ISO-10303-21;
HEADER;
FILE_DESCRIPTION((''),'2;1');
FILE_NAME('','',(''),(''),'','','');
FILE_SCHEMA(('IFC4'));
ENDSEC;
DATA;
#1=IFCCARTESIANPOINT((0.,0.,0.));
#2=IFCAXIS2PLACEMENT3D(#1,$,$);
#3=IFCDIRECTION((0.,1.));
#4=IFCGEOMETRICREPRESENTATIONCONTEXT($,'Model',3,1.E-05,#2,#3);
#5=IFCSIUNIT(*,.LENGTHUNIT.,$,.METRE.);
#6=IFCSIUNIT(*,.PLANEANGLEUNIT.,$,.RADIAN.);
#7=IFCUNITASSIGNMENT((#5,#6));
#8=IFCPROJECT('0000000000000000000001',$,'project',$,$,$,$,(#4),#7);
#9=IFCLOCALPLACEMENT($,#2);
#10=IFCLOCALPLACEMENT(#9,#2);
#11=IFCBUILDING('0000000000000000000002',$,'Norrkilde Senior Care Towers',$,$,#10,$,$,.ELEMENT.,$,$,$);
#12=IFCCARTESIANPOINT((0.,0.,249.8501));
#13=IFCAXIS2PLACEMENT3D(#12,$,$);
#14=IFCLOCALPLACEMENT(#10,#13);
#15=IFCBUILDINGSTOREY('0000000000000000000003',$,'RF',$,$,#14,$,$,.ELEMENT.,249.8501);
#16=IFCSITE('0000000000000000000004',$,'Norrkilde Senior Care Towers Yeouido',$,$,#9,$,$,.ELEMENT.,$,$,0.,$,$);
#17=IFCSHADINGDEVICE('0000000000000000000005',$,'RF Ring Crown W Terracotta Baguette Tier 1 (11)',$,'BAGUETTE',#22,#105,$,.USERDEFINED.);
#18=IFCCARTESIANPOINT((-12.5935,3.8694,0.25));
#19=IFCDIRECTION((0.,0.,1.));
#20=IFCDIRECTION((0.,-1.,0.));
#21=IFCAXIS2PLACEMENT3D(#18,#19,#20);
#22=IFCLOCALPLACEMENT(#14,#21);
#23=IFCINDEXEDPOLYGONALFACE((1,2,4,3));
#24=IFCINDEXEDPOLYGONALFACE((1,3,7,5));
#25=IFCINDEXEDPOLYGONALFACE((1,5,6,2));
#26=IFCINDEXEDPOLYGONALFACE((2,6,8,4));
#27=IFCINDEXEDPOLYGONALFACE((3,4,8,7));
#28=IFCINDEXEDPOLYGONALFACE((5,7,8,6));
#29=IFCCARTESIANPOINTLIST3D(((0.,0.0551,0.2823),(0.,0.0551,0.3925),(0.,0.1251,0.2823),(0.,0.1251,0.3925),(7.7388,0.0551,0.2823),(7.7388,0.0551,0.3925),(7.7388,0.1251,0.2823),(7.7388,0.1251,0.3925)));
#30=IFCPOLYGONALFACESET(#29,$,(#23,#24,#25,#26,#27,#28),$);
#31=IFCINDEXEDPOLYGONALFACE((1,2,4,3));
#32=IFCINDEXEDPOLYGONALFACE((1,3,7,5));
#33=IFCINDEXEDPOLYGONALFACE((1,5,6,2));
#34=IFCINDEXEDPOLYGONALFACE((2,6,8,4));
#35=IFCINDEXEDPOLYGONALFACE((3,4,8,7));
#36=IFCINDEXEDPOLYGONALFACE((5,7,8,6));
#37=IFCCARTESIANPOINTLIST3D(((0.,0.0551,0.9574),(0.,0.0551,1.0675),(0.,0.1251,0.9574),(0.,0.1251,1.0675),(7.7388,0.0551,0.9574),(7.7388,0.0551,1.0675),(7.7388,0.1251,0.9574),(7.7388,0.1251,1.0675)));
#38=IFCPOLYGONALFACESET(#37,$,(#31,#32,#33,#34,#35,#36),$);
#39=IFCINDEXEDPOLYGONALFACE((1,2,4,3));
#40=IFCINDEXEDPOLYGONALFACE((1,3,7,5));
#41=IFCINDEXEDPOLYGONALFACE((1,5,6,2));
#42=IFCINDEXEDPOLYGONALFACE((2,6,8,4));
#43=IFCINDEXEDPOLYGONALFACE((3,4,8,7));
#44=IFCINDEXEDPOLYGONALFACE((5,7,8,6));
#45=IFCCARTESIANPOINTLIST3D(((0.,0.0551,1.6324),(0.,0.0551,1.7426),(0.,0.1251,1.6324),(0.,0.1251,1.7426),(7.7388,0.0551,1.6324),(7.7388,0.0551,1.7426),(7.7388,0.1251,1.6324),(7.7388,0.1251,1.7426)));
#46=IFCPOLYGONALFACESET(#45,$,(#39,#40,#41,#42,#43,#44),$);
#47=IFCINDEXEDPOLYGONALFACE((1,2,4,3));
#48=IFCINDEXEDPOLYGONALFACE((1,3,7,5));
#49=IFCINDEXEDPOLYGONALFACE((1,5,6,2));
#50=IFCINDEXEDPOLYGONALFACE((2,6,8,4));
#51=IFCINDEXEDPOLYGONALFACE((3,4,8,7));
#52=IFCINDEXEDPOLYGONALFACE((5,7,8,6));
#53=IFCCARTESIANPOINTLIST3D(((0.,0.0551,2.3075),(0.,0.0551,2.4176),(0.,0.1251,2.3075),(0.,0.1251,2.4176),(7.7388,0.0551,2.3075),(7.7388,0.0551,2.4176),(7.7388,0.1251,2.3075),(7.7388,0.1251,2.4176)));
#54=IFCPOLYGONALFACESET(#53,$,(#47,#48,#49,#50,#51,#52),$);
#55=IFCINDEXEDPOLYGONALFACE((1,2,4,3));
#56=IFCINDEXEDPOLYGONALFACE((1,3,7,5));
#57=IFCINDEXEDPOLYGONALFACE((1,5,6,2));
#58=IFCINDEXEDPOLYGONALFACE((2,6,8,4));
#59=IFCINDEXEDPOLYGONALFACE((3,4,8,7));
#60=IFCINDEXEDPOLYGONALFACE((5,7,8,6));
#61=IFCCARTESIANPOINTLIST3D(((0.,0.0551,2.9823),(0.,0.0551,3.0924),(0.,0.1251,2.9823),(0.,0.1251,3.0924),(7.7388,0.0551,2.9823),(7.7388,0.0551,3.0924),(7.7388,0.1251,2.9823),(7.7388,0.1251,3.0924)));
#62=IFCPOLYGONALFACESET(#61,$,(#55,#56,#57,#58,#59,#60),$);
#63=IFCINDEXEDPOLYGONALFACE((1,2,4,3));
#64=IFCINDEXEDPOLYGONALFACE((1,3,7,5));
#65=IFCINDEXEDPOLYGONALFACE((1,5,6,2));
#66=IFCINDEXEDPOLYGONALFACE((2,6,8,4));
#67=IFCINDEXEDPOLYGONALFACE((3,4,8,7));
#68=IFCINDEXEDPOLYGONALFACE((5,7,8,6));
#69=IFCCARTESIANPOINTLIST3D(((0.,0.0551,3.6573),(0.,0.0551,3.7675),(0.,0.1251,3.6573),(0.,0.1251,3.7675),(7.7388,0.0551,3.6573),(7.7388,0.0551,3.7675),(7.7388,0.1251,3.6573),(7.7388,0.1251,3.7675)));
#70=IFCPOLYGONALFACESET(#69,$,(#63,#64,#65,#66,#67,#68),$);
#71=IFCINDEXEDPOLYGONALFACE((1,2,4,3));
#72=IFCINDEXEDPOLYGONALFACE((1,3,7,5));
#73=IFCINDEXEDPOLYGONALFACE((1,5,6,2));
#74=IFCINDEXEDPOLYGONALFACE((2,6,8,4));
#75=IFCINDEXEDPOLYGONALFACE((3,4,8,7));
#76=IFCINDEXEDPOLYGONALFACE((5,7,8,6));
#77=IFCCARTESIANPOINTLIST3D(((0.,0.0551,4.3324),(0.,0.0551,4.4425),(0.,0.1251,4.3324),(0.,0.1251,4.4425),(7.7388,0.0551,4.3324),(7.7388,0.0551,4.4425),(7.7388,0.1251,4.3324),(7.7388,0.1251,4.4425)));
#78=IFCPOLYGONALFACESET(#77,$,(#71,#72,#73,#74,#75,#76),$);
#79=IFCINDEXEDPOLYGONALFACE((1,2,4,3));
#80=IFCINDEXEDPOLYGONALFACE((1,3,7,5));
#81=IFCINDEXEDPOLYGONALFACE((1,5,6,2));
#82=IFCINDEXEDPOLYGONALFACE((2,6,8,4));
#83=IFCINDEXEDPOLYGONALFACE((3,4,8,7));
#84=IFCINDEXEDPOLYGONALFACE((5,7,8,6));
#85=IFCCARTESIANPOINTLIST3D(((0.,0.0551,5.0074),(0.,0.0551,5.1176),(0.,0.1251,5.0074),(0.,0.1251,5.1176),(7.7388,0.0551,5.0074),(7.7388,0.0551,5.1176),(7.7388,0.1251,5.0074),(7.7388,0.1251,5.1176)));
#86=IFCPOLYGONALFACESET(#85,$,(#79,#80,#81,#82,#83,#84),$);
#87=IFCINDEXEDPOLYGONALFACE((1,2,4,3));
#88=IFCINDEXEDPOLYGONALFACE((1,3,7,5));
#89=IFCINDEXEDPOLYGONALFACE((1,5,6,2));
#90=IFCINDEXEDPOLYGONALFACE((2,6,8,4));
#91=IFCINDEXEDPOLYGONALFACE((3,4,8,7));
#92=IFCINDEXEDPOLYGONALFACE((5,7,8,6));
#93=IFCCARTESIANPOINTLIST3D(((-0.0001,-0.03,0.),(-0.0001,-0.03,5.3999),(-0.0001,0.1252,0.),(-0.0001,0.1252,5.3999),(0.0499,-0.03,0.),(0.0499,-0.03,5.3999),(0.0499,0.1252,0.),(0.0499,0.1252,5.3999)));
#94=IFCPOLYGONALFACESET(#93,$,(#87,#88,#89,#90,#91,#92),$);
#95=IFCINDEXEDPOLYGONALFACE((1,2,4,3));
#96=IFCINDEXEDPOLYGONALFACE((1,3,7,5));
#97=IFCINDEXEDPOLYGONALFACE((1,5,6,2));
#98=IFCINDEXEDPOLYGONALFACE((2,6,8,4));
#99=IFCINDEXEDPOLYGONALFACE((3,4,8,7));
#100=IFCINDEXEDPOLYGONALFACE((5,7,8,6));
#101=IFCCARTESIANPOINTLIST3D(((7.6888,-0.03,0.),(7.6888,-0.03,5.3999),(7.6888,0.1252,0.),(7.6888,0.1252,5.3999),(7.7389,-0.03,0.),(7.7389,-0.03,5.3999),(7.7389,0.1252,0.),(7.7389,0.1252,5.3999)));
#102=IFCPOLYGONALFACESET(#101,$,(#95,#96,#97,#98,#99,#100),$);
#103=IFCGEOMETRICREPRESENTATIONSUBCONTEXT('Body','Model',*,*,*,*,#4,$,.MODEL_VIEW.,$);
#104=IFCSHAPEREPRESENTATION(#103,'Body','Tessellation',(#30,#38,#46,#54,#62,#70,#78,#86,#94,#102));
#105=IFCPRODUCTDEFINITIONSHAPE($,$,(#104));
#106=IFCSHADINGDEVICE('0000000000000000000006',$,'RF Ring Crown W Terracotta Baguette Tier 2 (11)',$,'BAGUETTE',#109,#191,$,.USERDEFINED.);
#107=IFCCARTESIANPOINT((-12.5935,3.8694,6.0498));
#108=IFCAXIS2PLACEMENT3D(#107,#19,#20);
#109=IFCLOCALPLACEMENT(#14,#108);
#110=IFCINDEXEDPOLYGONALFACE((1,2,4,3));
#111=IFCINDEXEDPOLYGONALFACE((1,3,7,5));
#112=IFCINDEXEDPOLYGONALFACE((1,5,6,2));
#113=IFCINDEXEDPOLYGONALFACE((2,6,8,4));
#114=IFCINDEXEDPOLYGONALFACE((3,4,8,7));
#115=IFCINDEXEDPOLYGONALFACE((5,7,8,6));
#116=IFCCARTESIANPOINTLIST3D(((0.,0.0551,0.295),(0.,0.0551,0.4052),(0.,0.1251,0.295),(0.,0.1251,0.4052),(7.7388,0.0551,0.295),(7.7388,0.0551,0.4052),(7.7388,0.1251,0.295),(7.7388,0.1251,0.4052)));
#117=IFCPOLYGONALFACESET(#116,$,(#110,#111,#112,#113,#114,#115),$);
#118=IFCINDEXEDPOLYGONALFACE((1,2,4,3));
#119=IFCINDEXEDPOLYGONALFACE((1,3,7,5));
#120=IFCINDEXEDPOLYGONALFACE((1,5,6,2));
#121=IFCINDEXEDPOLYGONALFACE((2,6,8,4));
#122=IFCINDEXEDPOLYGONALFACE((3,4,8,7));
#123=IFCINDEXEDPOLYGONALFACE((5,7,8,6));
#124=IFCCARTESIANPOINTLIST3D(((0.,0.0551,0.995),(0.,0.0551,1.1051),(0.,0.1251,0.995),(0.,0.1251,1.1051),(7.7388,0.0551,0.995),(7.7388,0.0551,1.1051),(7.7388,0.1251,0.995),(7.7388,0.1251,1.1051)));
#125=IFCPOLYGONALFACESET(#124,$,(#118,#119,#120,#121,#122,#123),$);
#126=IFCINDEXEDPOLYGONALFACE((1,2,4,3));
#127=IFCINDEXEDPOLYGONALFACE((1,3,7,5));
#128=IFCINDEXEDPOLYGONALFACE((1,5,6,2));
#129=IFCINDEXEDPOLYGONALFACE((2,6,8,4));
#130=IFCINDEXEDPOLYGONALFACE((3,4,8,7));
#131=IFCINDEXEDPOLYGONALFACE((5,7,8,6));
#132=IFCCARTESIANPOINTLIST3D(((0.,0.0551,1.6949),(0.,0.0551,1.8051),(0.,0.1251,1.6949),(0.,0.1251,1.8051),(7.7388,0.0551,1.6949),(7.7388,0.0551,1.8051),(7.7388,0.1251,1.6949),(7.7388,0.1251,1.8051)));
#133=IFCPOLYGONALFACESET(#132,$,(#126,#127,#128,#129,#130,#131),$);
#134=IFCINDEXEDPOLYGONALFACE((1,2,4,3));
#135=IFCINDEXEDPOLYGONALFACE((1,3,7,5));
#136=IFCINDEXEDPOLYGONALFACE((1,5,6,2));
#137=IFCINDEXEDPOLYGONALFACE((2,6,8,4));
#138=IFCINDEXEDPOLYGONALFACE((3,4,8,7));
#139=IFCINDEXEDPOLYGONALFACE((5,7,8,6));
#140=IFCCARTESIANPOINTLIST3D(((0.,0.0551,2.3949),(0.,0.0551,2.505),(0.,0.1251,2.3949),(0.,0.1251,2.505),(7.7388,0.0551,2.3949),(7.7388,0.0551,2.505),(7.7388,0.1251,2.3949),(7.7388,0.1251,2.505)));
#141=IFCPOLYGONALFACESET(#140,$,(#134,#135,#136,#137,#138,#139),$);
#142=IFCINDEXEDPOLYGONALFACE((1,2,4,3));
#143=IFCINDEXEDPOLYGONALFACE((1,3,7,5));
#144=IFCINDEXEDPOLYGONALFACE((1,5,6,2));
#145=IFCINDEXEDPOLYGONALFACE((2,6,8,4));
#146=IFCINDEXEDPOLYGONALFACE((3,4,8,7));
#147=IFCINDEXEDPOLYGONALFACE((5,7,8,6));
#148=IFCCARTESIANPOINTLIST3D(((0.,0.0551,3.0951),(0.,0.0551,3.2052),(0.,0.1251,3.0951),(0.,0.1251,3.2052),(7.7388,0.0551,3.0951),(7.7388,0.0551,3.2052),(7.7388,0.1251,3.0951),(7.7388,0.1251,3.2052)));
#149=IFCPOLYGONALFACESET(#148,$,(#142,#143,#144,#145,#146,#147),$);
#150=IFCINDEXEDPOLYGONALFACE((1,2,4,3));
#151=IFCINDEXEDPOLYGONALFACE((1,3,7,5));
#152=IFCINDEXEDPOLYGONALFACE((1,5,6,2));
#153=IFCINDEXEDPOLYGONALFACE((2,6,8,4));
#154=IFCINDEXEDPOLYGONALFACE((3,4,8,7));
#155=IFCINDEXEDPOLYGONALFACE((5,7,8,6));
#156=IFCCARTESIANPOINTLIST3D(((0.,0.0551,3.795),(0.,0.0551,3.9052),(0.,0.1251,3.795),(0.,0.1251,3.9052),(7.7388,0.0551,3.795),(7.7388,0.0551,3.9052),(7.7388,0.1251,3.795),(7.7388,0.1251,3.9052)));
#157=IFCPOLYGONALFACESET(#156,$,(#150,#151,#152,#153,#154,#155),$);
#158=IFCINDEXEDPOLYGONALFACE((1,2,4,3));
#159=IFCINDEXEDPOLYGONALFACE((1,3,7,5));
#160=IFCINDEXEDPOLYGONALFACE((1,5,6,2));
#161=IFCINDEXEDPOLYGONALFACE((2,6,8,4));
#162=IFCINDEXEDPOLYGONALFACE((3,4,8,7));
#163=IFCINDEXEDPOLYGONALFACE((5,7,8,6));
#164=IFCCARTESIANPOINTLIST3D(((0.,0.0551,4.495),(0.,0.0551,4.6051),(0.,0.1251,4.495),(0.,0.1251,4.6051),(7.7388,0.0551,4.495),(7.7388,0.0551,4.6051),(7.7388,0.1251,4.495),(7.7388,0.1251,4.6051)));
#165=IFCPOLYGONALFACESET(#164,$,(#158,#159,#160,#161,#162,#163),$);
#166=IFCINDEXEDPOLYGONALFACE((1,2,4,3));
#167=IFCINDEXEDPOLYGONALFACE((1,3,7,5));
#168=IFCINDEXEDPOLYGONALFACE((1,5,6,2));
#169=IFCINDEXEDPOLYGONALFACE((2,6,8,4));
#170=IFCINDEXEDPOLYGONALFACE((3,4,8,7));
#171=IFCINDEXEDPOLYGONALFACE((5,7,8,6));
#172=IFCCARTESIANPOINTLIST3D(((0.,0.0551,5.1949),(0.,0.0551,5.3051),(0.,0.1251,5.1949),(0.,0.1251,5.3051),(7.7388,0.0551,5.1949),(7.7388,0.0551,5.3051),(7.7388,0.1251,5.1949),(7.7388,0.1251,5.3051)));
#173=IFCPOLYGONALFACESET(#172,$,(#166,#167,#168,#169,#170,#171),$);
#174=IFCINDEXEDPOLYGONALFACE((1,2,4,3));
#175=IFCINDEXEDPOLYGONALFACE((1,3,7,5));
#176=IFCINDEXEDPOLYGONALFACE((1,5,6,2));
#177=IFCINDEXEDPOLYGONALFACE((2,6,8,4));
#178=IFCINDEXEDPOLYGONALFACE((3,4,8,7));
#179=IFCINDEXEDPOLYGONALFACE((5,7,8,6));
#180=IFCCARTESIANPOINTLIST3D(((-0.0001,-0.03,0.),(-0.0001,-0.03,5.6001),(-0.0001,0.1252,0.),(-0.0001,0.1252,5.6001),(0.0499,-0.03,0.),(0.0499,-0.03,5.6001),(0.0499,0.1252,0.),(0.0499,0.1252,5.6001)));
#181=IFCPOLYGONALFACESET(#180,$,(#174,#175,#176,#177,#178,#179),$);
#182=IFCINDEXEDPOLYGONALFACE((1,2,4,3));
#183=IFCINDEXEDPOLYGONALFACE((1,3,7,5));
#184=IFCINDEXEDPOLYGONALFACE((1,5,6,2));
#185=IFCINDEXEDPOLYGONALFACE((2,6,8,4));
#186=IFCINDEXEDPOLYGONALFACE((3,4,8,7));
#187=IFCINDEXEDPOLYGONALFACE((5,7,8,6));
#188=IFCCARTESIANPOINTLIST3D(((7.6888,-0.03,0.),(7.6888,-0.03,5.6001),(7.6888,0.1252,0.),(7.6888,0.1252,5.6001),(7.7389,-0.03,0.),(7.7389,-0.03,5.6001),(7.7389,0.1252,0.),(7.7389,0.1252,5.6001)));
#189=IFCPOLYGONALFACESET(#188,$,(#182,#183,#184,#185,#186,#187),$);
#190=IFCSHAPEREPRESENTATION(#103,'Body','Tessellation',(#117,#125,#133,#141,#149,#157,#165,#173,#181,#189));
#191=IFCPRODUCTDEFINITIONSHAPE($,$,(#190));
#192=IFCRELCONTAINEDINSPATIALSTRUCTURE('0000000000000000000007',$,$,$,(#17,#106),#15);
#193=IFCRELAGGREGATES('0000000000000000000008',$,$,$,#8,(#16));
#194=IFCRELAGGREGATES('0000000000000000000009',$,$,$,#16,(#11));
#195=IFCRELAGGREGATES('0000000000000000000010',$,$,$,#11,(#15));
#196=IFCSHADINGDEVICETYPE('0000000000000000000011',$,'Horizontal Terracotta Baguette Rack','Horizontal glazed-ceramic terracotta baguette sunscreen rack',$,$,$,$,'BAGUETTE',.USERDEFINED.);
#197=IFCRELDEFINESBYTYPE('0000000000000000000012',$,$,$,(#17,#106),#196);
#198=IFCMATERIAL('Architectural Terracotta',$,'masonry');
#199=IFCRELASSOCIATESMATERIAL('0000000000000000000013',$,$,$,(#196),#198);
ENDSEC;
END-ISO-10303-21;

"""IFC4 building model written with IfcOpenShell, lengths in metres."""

from ifc_helpers import new_model, si_unit, direction, frame, origin, origin_2d, place, context, subcontext, project, spatial, rectangle, extrude, source, transform, mapped, material, type_object, type_shapes, element, save


model = new_model("IFC4")

# Units and contexts
model_context = context("Model", 3, precision=1e-05, world=origin(), true_north=direction((0.0, 1.0)))
body_context = subcontext(model_context, "Body", "Model", "MODEL_VIEW")
ifc_project = project(units=[si_unit("LENGTHUNIT", "METRE"), si_unit("PLANEANGLEUNIT", "RADIAN")], contexts=[model_context])

# Site, building, storey
site_placement = place(None, origin())
site = spatial("IfcSite", under=ifc_project, at=site_placement, Name="Norrkilde Senior Care Towers Yeouido", CompositionType="ELEMENT", RefElevation=0.0)
building_placement = place(site_placement, origin())
building = spatial("IfcBuilding", under=site, at=building_placement, Name="Norrkilde Senior Care Towers", CompositionType="ELEMENT")
storey_placement = place(building_placement, frame((0.0, 0.0, 249.8501)))
storey = spatial("IfcBuildingStorey", under=building, at=storey_placement, Name="RF", CompositionType="ELEMENT", Elevation=249.8501)

# Shared definitions
ifc_material_1 = material(Name="Architectural Terracotta", Category="masonry")

# Shading devices
shading_device_type = type_object("IfcShadingDeviceType", Name="Horizontal Terracotta Baguette Rack", Description="Horizontal glazed-ceramic terracotta baguette sunscreen rack", ElementType="BAGUETTE", PredefinedType="USERDEFINED", material=ifc_material_1)
shared_shape_1 = source(origin(), body_context, "Body", "SweptSolid", [
    extrude(rectangle(XDim=0.0701, YDim=0.1101, at=origin_2d()), frame((0.0, 0.0901, 0.3374), z_axis=(1.0, 0.0, 0.0), x_axis=(0.0, 1.0, 0.0)), (0.0, 0.0, 1.0), 7.7388),
    extrude(rectangle(XDim=0.0701, YDim=0.1101, at=origin_2d()), frame((0.0, 0.0901, 1.0125), z_axis=(1.0, 0.0, 0.0), x_axis=(0.0, 1.0, 0.0)), (0.0, 0.0, 1.0), 7.7388),
    extrude(rectangle(XDim=0.0701, YDim=0.1101, at=origin_2d()), frame((0.0, 0.0901, 1.6875), z_axis=(1.0, 0.0, 0.0), x_axis=(0.0, 1.0, 0.0)), (0.0, 0.0, 1.0), 7.7388),
    extrude(rectangle(XDim=0.0701, YDim=0.1101, at=origin_2d()), frame((0.0, 0.0901, 2.3625), z_axis=(1.0, 0.0, 0.0), x_axis=(0.0, 1.0, 0.0)), (0.0, 0.0, 1.0), 7.7388),
    extrude(rectangle(XDim=0.0701, YDim=0.1101, at=origin_2d()), frame((0.0, 0.0901, 3.0374), z_axis=(1.0, 0.0, 0.0), x_axis=(0.0, 1.0, 0.0)), (0.0, 0.0, 1.0), 7.7388),
    extrude(rectangle(XDim=0.0701, YDim=0.1101, at=origin_2d()), frame((0.0, 0.0901, 3.7124), z_axis=(1.0, 0.0, 0.0), x_axis=(0.0, 1.0, 0.0)), (0.0, 0.0, 1.0), 7.7388),
    extrude(rectangle(XDim=0.0701, YDim=0.1101, at=origin_2d()), frame((0.0, 0.0901, 4.3875), z_axis=(1.0, 0.0, 0.0), x_axis=(0.0, 1.0, 0.0)), (0.0, 0.0, 1.0), 7.7388),
    extrude(rectangle(XDim=0.0701, YDim=0.1101, at=origin_2d()), frame((0.0, 0.0901, 5.0625), z_axis=(1.0, 0.0, 0.0), x_axis=(0.0, 1.0, 0.0)), (0.0, 0.0, 1.0), 7.7388),
    extrude(rectangle(XDim=0.05, YDim=0.1553, at=origin_2d()), frame((0.0249, 0.0476, 0.0)), (0.0, 0.0, 1.0), 5.3999),
    extrude(rectangle(XDim=0.05, YDim=0.1553, at=origin_2d()), frame((7.7139, 0.0476, 0.0)), (0.0, 0.0, 1.0), 5.3999),
])
shading_device_1_placement = place(storey_placement, frame((-12.5935, 3.8694, 0.25), z_axis=(0.0, 0.0, 1.0), x_axis=(0.0, -1.0, 0.0)))
element("IfcShadingDevice", 1, at=shading_device_1_placement, inside=storey, type_object=shading_device_type, Name="RF Ring Crown W Terracotta Baguette Tier 1 (11)", ObjectType="BAGUETTE", PredefinedType="USERDEFINED", context=body_context, shape_type="MappedRepresentation", body=[
    mapped(shared_shape_1, transform((0.0, 0.0, 0.0), x_axis=(1.0, 0.0, 0.0), y_axis=(0.0, 1.0, 0.0), z_axis=(0.0, 0.0, 1.0), scale=1.0)),
])
shared_shape_2 = source(origin(), body_context, "Body", "SweptSolid", [
    extrude(rectangle(XDim=0.0701, YDim=0.1101, at=origin_2d()), frame((0.0, 0.0901, 0.3501), z_axis=(1.0, 0.0, 0.0), x_axis=(0.0, 1.0, 0.0)), (0.0, 0.0, 1.0), 7.7388),
    extrude(rectangle(XDim=0.0701, YDim=0.1101, at=origin_2d()), frame((0.0, 0.0901, 1.05), z_axis=(1.0, 0.0, 0.0), x_axis=(0.0, 1.0, 0.0)), (0.0, 0.0, 1.0), 7.7388),
    extrude(rectangle(XDim=0.0701, YDim=0.1101, at=origin_2d()), frame((0.0, 0.0901, 1.75), z_axis=(1.0, 0.0, 0.0), x_axis=(0.0, 1.0, 0.0)), (0.0, 0.0, 1.0), 7.7388),
    extrude(rectangle(XDim=0.0701, YDim=0.1101, at=origin_2d()), frame((0.0, 0.0901, 2.45), z_axis=(1.0, 0.0, 0.0), x_axis=(0.0, 1.0, 0.0)), (0.0, 0.0, 1.0), 7.7388),
    extrude(rectangle(XDim=0.0701, YDim=0.1101, at=origin_2d()), frame((0.0, 0.0901, 3.1501), z_axis=(1.0, 0.0, 0.0), x_axis=(0.0, 1.0, 0.0)), (0.0, 0.0, 1.0), 7.7388),
    extrude(rectangle(XDim=0.0701, YDim=0.1101, at=origin_2d()), frame((0.0, 0.0901, 3.8501), z_axis=(1.0, 0.0, 0.0), x_axis=(0.0, 1.0, 0.0)), (0.0, 0.0, 1.0), 7.7388),
    extrude(rectangle(XDim=0.0701, YDim=0.1101, at=origin_2d()), frame((0.0, 0.0901, 4.55), z_axis=(1.0, 0.0, 0.0), x_axis=(0.0, 1.0, 0.0)), (0.0, 0.0, 1.0), 7.7388),
    extrude(rectangle(XDim=0.0701, YDim=0.1101, at=origin_2d()), frame((0.0, 0.0901, 5.25), z_axis=(1.0, 0.0, 0.0), x_axis=(0.0, 1.0, 0.0)), (0.0, 0.0, 1.0), 7.7388),
    extrude(rectangle(XDim=0.05, YDim=0.1553, at=origin_2d()), frame((0.0249, 0.0476, 0.0)), (0.0, 0.0, 1.0), 5.6001),
    extrude(rectangle(XDim=0.05, YDim=0.1553, at=origin_2d()), frame((7.7139, 0.0476, 0.0)), (0.0, 0.0, 1.0), 5.6001),
])
type_shapes(shading_device_type, [shared_shape_1, shared_shape_2])
shading_device_2_placement = place(storey_placement, frame((-12.5935, 3.8694, 6.0498), z_axis=(0.0, 0.0, 1.0), x_axis=(0.0, -1.0, 0.0)))
element("IfcShadingDevice", 2, at=shading_device_2_placement, inside=storey, type_object=shading_device_type, Name="RF Ring Crown W Terracotta Baguette Tier 2 (11)", ObjectType="BAGUETTE", PredefinedType="USERDEFINED", context=body_context, shape_type="MappedRepresentation", body=[
    mapped(shared_shape_2, transform((0.0, 0.0, 0.0), x_axis=(1.0, 0.0, 0.0), y_axis=(0.0, 1.0, 0.0), z_axis=(0.0, 0.0, 1.0), scale=1.0)),
])

save(model, "model.ifc")
